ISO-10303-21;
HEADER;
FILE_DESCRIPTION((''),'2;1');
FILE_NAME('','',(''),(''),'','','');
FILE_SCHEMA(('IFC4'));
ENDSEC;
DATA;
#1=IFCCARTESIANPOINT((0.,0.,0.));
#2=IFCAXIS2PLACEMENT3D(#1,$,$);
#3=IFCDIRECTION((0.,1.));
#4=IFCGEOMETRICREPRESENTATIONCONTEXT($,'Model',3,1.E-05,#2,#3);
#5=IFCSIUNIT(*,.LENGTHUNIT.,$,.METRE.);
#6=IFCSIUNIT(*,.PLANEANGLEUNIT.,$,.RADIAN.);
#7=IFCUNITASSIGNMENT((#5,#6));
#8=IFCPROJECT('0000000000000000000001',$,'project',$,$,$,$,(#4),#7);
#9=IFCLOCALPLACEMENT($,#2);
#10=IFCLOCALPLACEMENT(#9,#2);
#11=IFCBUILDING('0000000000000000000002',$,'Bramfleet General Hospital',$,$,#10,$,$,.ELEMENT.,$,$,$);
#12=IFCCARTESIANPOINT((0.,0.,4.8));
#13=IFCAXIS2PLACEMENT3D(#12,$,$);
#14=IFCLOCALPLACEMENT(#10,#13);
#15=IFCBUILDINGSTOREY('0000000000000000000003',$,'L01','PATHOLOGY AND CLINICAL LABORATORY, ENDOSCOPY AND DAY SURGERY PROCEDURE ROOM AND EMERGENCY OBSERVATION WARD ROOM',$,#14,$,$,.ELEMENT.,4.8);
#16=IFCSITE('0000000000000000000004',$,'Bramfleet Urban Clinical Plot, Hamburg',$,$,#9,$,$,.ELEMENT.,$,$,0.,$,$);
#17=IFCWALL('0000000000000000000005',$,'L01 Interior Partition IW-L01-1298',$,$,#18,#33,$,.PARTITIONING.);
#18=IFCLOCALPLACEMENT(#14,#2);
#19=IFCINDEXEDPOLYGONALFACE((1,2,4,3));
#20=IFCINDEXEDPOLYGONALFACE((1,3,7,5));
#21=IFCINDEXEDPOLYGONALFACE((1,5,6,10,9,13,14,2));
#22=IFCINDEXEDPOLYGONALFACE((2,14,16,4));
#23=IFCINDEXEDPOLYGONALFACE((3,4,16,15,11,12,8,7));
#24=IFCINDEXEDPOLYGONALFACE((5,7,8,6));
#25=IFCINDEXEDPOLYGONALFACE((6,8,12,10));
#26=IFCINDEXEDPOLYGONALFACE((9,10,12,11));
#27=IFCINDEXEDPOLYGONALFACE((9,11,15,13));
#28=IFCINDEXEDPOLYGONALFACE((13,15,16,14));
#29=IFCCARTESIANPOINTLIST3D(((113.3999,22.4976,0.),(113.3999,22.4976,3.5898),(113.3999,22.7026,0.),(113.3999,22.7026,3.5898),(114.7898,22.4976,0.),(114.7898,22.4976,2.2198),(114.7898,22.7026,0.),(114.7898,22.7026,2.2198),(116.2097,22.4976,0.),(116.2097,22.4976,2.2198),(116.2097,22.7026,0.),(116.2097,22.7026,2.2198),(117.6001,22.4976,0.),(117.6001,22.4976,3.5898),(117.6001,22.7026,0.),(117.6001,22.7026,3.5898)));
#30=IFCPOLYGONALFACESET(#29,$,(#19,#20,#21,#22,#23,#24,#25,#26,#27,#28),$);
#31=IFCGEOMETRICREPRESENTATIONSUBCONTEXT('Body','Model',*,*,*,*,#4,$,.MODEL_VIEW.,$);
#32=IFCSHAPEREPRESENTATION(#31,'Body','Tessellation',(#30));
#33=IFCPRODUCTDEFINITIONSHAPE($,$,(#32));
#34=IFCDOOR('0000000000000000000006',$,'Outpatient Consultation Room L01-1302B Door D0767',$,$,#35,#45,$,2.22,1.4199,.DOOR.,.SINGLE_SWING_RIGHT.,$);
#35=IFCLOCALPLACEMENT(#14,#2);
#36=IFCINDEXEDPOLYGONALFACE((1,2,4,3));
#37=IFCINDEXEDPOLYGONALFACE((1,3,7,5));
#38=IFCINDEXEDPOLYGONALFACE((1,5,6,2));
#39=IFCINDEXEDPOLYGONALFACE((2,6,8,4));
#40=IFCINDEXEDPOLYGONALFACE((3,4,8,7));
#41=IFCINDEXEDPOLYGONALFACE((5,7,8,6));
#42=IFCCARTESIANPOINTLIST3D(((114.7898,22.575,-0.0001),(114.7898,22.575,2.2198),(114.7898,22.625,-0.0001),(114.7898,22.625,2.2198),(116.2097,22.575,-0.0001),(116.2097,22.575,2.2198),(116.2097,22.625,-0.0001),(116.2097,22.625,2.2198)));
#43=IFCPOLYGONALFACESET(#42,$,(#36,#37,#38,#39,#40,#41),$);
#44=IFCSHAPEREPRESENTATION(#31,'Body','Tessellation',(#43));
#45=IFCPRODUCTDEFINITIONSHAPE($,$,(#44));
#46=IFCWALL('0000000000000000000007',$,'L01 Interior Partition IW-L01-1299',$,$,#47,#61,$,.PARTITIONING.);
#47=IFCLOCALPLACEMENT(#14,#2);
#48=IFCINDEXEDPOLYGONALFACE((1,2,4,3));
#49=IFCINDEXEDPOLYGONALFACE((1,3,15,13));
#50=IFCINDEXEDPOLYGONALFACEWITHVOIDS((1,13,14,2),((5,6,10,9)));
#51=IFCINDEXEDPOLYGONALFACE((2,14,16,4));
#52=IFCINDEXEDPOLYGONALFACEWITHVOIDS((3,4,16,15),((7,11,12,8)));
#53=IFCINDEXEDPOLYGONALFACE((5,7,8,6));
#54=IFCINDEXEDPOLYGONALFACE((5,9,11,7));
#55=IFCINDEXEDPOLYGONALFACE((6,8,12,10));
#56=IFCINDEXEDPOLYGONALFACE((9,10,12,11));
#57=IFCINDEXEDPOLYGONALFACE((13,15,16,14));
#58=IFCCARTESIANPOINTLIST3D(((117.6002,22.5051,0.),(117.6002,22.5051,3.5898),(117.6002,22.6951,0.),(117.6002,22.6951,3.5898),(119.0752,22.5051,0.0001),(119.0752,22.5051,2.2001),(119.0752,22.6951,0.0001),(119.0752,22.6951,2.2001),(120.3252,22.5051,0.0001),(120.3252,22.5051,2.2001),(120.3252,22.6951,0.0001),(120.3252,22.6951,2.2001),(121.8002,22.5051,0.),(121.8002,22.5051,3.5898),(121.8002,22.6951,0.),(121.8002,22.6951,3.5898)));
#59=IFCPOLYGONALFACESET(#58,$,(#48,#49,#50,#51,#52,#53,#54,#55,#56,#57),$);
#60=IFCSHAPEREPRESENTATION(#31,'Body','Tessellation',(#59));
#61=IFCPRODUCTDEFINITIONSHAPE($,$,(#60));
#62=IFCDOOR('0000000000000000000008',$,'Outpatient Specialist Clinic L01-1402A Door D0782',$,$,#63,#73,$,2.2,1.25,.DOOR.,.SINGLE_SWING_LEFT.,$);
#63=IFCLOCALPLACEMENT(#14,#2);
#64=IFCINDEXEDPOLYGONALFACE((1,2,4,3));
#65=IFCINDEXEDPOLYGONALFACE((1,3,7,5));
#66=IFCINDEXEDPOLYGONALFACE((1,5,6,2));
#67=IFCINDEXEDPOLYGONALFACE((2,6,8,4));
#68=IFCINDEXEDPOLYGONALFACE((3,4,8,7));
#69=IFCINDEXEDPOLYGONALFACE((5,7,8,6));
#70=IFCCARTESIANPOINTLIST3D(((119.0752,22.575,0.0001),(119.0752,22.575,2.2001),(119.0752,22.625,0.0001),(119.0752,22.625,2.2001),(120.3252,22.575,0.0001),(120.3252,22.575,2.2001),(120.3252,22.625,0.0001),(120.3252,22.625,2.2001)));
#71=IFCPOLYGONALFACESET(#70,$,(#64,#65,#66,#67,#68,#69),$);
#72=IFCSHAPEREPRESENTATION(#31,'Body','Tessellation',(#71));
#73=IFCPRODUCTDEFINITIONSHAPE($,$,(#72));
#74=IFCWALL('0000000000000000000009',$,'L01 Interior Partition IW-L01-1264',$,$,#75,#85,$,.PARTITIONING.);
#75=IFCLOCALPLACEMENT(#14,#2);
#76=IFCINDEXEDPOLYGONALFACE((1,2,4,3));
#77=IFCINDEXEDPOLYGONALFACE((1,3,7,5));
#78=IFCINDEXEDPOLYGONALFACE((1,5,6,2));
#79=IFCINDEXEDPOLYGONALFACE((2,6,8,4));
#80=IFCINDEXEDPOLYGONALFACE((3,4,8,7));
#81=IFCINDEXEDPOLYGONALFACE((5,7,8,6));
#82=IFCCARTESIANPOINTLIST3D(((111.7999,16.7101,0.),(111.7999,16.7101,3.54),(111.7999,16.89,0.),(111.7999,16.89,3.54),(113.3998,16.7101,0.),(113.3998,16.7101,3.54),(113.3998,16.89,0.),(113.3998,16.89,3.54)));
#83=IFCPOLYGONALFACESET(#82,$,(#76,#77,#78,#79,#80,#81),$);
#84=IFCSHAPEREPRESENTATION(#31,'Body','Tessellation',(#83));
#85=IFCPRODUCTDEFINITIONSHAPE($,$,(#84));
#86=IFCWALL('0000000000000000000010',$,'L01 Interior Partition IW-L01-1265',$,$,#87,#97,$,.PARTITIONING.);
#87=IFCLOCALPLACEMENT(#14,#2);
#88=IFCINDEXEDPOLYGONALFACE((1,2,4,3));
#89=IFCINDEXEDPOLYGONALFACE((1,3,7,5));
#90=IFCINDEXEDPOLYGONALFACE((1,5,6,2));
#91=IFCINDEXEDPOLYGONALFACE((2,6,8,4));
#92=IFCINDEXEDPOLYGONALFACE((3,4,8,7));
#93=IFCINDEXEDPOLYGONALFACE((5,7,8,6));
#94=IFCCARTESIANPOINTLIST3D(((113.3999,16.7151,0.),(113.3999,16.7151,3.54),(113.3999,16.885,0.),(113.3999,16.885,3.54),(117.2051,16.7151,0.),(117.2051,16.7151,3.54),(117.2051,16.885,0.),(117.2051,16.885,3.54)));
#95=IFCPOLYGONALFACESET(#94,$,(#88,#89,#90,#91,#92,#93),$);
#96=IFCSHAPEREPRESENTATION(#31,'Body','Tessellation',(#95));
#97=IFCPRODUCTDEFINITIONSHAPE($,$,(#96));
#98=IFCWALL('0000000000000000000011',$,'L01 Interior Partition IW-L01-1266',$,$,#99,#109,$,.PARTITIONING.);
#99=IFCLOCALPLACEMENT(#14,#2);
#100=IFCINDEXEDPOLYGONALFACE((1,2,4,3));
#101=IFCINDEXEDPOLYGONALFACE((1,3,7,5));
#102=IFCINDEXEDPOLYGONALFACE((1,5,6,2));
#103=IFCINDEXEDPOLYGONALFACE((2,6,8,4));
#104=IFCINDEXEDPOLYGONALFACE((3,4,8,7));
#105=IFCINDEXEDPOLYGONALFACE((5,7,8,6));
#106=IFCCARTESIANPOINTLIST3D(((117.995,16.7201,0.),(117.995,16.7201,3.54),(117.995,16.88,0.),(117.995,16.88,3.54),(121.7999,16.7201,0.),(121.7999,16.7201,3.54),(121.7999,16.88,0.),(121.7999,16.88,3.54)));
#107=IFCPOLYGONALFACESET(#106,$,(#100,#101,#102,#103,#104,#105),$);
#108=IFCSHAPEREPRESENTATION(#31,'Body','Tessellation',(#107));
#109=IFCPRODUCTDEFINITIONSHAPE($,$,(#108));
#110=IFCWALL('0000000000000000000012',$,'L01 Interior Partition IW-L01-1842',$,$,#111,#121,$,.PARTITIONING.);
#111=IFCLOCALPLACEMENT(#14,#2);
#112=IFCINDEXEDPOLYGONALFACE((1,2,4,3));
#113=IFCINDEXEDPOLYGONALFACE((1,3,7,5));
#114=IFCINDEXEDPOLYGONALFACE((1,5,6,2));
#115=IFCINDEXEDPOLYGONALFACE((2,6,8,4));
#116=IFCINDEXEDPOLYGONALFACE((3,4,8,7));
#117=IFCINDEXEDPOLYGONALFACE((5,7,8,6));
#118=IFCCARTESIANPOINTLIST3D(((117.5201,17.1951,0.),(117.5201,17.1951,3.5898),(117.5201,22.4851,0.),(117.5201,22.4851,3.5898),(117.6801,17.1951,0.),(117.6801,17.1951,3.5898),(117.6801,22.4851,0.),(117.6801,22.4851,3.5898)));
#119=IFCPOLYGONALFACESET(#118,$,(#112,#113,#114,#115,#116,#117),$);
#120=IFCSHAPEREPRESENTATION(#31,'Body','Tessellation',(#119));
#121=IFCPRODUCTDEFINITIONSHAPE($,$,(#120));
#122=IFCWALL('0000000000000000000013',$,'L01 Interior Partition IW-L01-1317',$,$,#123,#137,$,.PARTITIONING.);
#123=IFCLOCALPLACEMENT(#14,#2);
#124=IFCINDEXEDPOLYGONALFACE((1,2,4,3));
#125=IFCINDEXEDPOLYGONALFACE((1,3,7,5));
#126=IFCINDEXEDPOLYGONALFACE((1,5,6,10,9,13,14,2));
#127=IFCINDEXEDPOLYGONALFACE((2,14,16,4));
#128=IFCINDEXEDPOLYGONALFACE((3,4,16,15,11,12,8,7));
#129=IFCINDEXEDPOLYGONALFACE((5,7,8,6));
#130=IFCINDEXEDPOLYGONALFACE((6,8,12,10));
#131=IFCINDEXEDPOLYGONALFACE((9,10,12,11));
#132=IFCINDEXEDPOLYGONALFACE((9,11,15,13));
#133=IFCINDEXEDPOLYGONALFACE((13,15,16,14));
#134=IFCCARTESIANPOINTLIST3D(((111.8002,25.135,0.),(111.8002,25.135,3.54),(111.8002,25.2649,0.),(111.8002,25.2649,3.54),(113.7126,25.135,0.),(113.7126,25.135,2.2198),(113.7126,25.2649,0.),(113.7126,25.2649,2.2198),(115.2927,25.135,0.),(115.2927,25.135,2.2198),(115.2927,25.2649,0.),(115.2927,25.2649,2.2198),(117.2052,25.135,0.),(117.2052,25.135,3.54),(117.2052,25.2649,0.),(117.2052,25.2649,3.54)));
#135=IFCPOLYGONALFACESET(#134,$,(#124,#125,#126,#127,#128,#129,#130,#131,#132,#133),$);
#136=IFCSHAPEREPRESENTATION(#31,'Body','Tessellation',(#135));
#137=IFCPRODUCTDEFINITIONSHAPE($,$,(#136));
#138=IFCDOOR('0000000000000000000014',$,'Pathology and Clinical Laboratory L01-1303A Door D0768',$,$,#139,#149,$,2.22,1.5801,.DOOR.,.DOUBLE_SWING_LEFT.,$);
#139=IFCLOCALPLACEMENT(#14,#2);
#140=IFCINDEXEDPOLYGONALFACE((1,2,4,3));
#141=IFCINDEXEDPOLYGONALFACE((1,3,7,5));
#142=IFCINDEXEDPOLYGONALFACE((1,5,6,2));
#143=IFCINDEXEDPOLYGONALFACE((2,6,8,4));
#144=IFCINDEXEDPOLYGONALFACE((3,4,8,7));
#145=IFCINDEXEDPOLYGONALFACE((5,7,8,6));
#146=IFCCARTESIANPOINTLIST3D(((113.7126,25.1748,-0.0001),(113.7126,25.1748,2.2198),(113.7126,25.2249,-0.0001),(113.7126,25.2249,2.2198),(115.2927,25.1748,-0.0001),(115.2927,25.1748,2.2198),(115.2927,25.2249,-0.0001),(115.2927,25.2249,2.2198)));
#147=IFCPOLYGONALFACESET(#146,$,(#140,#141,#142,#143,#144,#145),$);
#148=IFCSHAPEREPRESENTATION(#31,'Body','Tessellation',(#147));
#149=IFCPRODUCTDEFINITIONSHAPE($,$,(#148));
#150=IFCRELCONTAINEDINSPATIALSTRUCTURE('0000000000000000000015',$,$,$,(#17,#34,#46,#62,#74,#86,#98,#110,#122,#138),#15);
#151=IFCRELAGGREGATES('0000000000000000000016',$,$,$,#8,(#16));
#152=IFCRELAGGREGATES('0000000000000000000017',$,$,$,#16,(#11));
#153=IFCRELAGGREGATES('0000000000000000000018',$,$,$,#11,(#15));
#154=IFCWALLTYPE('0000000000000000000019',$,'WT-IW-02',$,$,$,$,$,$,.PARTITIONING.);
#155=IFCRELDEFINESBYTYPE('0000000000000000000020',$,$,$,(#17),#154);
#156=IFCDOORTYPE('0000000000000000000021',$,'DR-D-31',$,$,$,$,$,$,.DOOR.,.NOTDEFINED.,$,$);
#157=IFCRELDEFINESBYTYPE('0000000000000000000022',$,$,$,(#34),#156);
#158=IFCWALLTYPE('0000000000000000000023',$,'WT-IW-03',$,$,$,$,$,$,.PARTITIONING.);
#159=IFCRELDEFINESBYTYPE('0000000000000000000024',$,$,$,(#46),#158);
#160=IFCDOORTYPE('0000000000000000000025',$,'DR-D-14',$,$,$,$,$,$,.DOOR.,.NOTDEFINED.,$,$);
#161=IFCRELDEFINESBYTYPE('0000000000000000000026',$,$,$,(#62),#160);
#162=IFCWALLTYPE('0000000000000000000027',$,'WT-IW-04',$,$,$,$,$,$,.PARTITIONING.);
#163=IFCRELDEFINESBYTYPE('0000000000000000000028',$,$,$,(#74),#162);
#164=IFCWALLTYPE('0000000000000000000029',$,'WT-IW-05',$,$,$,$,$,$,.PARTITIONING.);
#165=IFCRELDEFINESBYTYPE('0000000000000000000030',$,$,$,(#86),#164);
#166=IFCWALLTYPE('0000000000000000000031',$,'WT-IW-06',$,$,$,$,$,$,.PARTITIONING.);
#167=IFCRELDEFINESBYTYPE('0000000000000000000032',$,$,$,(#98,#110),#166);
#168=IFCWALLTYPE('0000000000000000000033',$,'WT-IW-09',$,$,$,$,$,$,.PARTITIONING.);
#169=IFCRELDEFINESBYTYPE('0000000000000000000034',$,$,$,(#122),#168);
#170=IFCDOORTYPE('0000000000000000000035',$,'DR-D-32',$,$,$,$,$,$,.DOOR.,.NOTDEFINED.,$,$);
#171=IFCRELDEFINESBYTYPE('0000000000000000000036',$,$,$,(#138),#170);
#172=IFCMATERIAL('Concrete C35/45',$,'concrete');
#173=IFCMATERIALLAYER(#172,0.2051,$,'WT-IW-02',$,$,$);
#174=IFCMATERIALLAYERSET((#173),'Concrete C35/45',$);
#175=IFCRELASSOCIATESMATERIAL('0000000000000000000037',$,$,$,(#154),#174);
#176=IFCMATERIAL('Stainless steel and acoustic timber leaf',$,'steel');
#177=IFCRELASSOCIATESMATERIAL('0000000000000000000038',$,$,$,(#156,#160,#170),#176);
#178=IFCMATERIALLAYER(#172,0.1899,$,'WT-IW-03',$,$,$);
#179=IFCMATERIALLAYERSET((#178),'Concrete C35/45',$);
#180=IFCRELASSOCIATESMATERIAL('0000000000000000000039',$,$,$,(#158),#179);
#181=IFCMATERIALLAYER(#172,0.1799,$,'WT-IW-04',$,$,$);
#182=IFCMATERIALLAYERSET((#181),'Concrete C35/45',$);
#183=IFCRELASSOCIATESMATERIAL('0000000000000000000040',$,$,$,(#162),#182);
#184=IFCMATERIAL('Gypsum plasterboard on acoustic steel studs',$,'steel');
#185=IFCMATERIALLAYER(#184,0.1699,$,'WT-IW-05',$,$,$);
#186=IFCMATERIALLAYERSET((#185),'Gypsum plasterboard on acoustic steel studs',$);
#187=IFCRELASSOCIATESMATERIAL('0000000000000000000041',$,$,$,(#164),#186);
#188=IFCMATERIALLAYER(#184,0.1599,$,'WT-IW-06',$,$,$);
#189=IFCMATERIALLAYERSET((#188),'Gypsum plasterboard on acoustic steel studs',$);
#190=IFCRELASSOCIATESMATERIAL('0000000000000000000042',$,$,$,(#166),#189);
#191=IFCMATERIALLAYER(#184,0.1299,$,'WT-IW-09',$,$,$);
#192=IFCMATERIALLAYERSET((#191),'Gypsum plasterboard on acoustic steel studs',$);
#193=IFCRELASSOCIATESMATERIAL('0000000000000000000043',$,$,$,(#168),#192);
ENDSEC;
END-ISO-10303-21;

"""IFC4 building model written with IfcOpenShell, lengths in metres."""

from ifc_helpers import new_model, si_unit, direction, frame, frame_2d, origin, place, context, subcontext, project, spatial, rectangle, extrude, material, layer, layer_set, type_object, element, fill, save


model = new_model("IFC4")

# Units and contexts
model_context = context("Model", 3, precision=1e-05, world=origin(), true_north=direction((0.0, 1.0)))
body_context = subcontext(model_context, "Body", "Model", "MODEL_VIEW")
ifc_project = project(units=[si_unit("LENGTHUNIT", "METRE"), si_unit("PLANEANGLEUNIT", "RADIAN")], contexts=[model_context])

# Site, building, storey
site_placement = place(None, origin())
site = spatial("IfcSite", under=ifc_project, at=site_placement, Name="Bramfleet Urban Clinical Plot, Hamburg", CompositionType="ELEMENT", RefElevation=0.0)
building_placement = place(site_placement, origin())
building = spatial("IfcBuilding", under=site, at=building_placement, Name="Bramfleet General Hospital", CompositionType="ELEMENT")
storey_placement = place(building_placement, frame((0.0, 0.0, 4.8)))
storey = spatial("IfcBuildingStorey", under=building, at=storey_placement, Name="L01", Description="PATHOLOGY AND CLINICAL LABORATORY, ENDOSCOPY AND DAY SURGERY PROCEDURE ROOM AND EMERGENCY OBSERVATION WARD ROOM", CompositionType="ELEMENT", Elevation=4.8)

# Shared definitions
ifc_material_1 = material(Name="Concrete C35/45", Category="concrete")

# Walls, openings, doors
ifc_layer_1 = layer(ifc_material_1, 0.2051, Name="WT-IW-02")
ifc_layer_set_1 = layer_set([ifc_layer_1], Name="Concrete C35/45")
wall_type_1 = type_object("IfcWallType", Name="WT-IW-02", PredefinedType="PARTITIONING", material=ifc_layer_set_1)
wall_1_placement = place(storey_placement, frame((113.3999, 22.6001, 0.0), z_axis=(0.0, 0.0, 1.0), x_axis=(1.0, 0.0, 0.0)))
wall_1 = element("IfcWall", 1, at=wall_1_placement, inside=storey, type_object=wall_type_1, Name="L01 Interior Partition IW-L01-1298", PredefinedType="PARTITIONING", context=body_context, shape_type="SweptSolid", body=[
    extrude(rectangle(XDim=4.2002, YDim=0.2051, at=frame_2d((2.1001, 0.0))), origin(), (0.0, 0.0, 1.0), 3.5898),
])
opening_1_placement = place(wall_1_placement, frame((1.3899, 0.0, 0.0)))
opening_1 = element("IfcOpeningElement", 2, at=opening_1_placement, cuts=wall_1, PredefinedType="OPENING", context=body_context, shape_type="SweptSolid", body=[
    extrude(rectangle(XDim=1.4199, YDim=2.22, at=frame_2d((0.71, 1.1099))), frame((0.0, 0.1125, 0.0), z_axis=(0.0, -1.0, 0.0), x_axis=(1.0, 0.0, 0.0)), (0.0, 0.0, 1.0), 0.2251),
])
ifc_material_2 = material(Name="Stainless steel and acoustic timber leaf", Category="steel")
door_type_1 = type_object("IfcDoorType", Name="DR-D-31", OperationType="NOTDEFINED", PredefinedType="DOOR", material=ifc_material_2)
door_1_placement = place(opening_1_placement, origin())
door_1 = element("IfcDoor", 3, at=door_1_placement, inside=storey, type_object=door_type_1, Name="Outpatient Consultation Room L01-1302B Door D0767", OperationType="SINGLE_SWING_RIGHT", OverallHeight=2.22, OverallWidth=1.4199, PredefinedType="DOOR", context=body_context, shape_type="SweptSolid", body=[
    extrude(rectangle(XDim=1.4199, YDim=2.22, at=frame_2d((0.71, 1.1099))), frame((0.0, 0.0249, 0.0), z_axis=(0.0, -1.0, 0.0), x_axis=(1.0, 0.0, 0.0)), (0.0, 0.0, 1.0), 0.05),
])
fill(opening_1, door_1)
ifc_layer_2 = layer(ifc_material_1, 0.1899, Name="WT-IW-03")
ifc_layer_set_2 = layer_set([ifc_layer_2], Name="Concrete C35/45")
wall_type_2 = type_object("IfcWallType", Name="WT-IW-03", PredefinedType="PARTITIONING", material=ifc_layer_set_2)
wall_2_placement = place(storey_placement, frame((117.6001, 22.6001, 0.0), z_axis=(0.0, 0.0, 1.0), x_axis=(1.0, 0.0, 0.0)))
wall_2 = element("IfcWall", 4, at=wall_2_placement, inside=storey, type_object=wall_type_2, Name="L01 Interior Partition IW-L01-1299", PredefinedType="PARTITIONING", context=body_context, shape_type="SweptSolid", body=[
    extrude(rectangle(XDim=4.2, YDim=0.1899, at=frame_2d((2.1001, 0.0))), origin(), (0.0, 0.0, 1.0), 3.5898),
])
opening_2_placement = place(wall_2_placement, frame((1.4751, 0.0, 0.0)))
opening_2 = element("IfcOpeningElement", 5, at=opening_2_placement, cuts=wall_2, PredefinedType="OPENING", context=body_context, shape_type="SweptSolid", body=[
    extrude(rectangle(XDim=1.25, YDim=2.2, at=frame_2d((0.625, 1.1001))), frame((0.0, 0.105, 0.0), z_axis=(0.0, -1.0, 0.0), x_axis=(1.0, 0.0, 0.0)), (0.0, 0.0, 1.0), 0.21),
])
door_type_2 = type_object("IfcDoorType", Name="DR-D-14", OperationType="NOTDEFINED", PredefinedType="DOOR", material=ifc_material_2)
door_2_placement = place(opening_2_placement, origin())
door_2 = element("IfcDoor", 6, at=door_2_placement, inside=storey, type_object=door_type_2, Name="Outpatient Specialist Clinic L01-1402A Door D0782", OperationType="SINGLE_SWING_LEFT", OverallHeight=2.2, OverallWidth=1.25, PredefinedType="DOOR", context=body_context, shape_type="SweptSolid", body=[
    extrude(rectangle(XDim=1.25, YDim=2.2, at=frame_2d((0.625, 1.1001))), frame((0.0, 0.0249, 0.0), z_axis=(0.0, -1.0, 0.0), x_axis=(1.0, 0.0, 0.0)), (0.0, 0.0, 1.0), 0.05),
])
fill(opening_2, door_2)

# Walls
ifc_layer_3 = layer(ifc_material_1, 0.1799, Name="WT-IW-04")
ifc_layer_set_3 = layer_set([ifc_layer_3], Name="Concrete C35/45")
wall_type_3 = type_object("IfcWallType", Name="WT-IW-04", PredefinedType="PARTITIONING", material=ifc_layer_set_3)
wall_3_placement = place(storey_placement, frame((111.8, 16.8, 0.0), z_axis=(0.0, 0.0, 1.0), x_axis=(1.0, 0.0, 0.0)))
element("IfcWall", 7, at=wall_3_placement, inside=storey, type_object=wall_type_3, Name="L01 Interior Partition IW-L01-1264", PredefinedType="PARTITIONING", context=body_context, shape_type="SweptSolid", body=[
    extrude(rectangle(XDim=1.5999, YDim=0.1799, at=frame_2d((0.7998, 0.0))), origin(), (0.0, 0.0, 1.0), 3.54),
])
ifc_material_3 = material(Name="Gypsum plasterboard on acoustic steel studs", Category="steel")
ifc_layer_4 = layer(ifc_material_3, 0.1699, Name="WT-IW-05")
ifc_layer_set_4 = layer_set([ifc_layer_4], Name="Gypsum plasterboard on acoustic steel studs")
wall_type_4 = type_object("IfcWallType", Name="WT-IW-05", PredefinedType="PARTITIONING", material=ifc_layer_set_4)
wall_4_placement = place(storey_placement, frame((113.3999, 16.8, 0.0), z_axis=(0.0, 0.0, 1.0), x_axis=(1.0, 0.0, 0.0)))
element("IfcWall", 8, at=wall_4_placement, inside=storey, type_object=wall_type_4, Name="L01 Interior Partition IW-L01-1265", PredefinedType="PARTITIONING", context=body_context, shape_type="SweptSolid", body=[
    extrude(rectangle(XDim=3.8052, YDim=0.1699, at=frame_2d((1.9026, 0.0))), origin(), (0.0, 0.0, 1.0), 3.54),
])
ifc_layer_5 = layer(ifc_material_3, 0.1599, Name="WT-IW-06")
ifc_layer_set_5 = layer_set([ifc_layer_5], Name="Gypsum plasterboard on acoustic steel studs")
wall_type_5 = type_object("IfcWallType", Name="WT-IW-06", PredefinedType="PARTITIONING", material=ifc_layer_set_5)
wall_5_placement = place(storey_placement, frame((117.9951, 16.8, 0.0), z_axis=(0.0, 0.0, 1.0), x_axis=(1.0, 0.0, 0.0)))
element("IfcWall", 9, at=wall_5_placement, inside=storey, type_object=wall_type_5, Name="L01 Interior Partition IW-L01-1266", PredefinedType="PARTITIONING", context=body_context, shape_type="SweptSolid", body=[
    extrude(rectangle(XDim=3.8049, YDim=0.1599, at=frame_2d((1.9023, 0.0))), origin(), (0.0, 0.0, 1.0), 3.54),
])
wall_6_placement = place(storey_placement, frame((117.6001, 17.1951, 0.0), z_axis=(0.0, 0.0, 1.0), x_axis=(0.0, 1.0, 0.0)))
element("IfcWall", 10, at=wall_6_placement, inside=storey, type_object=wall_type_5, Name="L01 Interior Partition IW-L01-1842", PredefinedType="PARTITIONING", context=body_context, shape_type="SweptSolid", body=[
    extrude(rectangle(XDim=5.29, YDim=0.1599, at=frame_2d((2.645, 0.0))), origin(), (0.0, 0.0, 1.0), 3.5898),
])

# Wall, opening, door
ifc_layer_6 = layer(ifc_material_3, 0.1299, Name="WT-IW-09")
ifc_layer_set_6 = layer_set([ifc_layer_6], Name="Gypsum plasterboard on acoustic steel studs")
wall_type_6 = type_object("IfcWallType", Name="WT-IW-09", PredefinedType="PARTITIONING", material=ifc_layer_set_6)
wall_7_placement = place(storey_placement, frame((111.8, 25.2, 0.0), z_axis=(0.0, 0.0, 1.0), x_axis=(1.0, 0.0, 0.0)))
wall_7 = element("IfcWall", 11, at=wall_7_placement, inside=storey, type_object=wall_type_6, Name="L01 Interior Partition IW-L01-1317", PredefinedType="PARTITIONING", context=body_context, shape_type="SweptSolid", body=[
    extrude(rectangle(XDim=5.405, YDim=0.1299, at=frame_2d((2.7026, 0.0))), origin(), (0.0, 0.0, 1.0), 3.54),
])
opening_3_placement = place(wall_7_placement, frame((1.9126, 0.0, 0.0)))
opening_3 = element("IfcOpeningElement", 12, at=opening_3_placement, cuts=wall_7, PredefinedType="OPENING", context=body_context, shape_type="SweptSolid", body=[
    extrude(rectangle(XDim=1.5801, YDim=2.22, at=frame_2d((0.79, 1.1099))), frame((0.0, 0.075, 0.0), z_axis=(0.0, -1.0, 0.0), x_axis=(1.0, 0.0, 0.0)), (0.0, 0.0, 1.0), 0.1499),
])
door_type_3 = type_object("IfcDoorType", Name="DR-D-32", OperationType="NOTDEFINED", PredefinedType="DOOR", material=ifc_material_2)
door_3_placement = place(opening_3_placement, origin())
door_3 = element("IfcDoor", 13, at=door_3_placement, inside=storey, type_object=door_type_3, Name="Pathology and Clinical Laboratory L01-1303A Door D0768", OperationType="DOUBLE_SWING_LEFT", OverallHeight=2.22, OverallWidth=1.5801, PredefinedType="DOOR", context=body_context, shape_type="SweptSolid", body=[
    extrude(rectangle(XDim=1.5801, YDim=2.22, at=frame_2d((0.79, 1.1099))), frame((0.0, 0.0249, 0.0), z_axis=(0.0, -1.0, 0.0), x_axis=(1.0, 0.0, 0.0)), (0.0, 0.0, 1.0), 0.05),
])
fill(opening_3, door_3)

save(model, "model.ifc")
